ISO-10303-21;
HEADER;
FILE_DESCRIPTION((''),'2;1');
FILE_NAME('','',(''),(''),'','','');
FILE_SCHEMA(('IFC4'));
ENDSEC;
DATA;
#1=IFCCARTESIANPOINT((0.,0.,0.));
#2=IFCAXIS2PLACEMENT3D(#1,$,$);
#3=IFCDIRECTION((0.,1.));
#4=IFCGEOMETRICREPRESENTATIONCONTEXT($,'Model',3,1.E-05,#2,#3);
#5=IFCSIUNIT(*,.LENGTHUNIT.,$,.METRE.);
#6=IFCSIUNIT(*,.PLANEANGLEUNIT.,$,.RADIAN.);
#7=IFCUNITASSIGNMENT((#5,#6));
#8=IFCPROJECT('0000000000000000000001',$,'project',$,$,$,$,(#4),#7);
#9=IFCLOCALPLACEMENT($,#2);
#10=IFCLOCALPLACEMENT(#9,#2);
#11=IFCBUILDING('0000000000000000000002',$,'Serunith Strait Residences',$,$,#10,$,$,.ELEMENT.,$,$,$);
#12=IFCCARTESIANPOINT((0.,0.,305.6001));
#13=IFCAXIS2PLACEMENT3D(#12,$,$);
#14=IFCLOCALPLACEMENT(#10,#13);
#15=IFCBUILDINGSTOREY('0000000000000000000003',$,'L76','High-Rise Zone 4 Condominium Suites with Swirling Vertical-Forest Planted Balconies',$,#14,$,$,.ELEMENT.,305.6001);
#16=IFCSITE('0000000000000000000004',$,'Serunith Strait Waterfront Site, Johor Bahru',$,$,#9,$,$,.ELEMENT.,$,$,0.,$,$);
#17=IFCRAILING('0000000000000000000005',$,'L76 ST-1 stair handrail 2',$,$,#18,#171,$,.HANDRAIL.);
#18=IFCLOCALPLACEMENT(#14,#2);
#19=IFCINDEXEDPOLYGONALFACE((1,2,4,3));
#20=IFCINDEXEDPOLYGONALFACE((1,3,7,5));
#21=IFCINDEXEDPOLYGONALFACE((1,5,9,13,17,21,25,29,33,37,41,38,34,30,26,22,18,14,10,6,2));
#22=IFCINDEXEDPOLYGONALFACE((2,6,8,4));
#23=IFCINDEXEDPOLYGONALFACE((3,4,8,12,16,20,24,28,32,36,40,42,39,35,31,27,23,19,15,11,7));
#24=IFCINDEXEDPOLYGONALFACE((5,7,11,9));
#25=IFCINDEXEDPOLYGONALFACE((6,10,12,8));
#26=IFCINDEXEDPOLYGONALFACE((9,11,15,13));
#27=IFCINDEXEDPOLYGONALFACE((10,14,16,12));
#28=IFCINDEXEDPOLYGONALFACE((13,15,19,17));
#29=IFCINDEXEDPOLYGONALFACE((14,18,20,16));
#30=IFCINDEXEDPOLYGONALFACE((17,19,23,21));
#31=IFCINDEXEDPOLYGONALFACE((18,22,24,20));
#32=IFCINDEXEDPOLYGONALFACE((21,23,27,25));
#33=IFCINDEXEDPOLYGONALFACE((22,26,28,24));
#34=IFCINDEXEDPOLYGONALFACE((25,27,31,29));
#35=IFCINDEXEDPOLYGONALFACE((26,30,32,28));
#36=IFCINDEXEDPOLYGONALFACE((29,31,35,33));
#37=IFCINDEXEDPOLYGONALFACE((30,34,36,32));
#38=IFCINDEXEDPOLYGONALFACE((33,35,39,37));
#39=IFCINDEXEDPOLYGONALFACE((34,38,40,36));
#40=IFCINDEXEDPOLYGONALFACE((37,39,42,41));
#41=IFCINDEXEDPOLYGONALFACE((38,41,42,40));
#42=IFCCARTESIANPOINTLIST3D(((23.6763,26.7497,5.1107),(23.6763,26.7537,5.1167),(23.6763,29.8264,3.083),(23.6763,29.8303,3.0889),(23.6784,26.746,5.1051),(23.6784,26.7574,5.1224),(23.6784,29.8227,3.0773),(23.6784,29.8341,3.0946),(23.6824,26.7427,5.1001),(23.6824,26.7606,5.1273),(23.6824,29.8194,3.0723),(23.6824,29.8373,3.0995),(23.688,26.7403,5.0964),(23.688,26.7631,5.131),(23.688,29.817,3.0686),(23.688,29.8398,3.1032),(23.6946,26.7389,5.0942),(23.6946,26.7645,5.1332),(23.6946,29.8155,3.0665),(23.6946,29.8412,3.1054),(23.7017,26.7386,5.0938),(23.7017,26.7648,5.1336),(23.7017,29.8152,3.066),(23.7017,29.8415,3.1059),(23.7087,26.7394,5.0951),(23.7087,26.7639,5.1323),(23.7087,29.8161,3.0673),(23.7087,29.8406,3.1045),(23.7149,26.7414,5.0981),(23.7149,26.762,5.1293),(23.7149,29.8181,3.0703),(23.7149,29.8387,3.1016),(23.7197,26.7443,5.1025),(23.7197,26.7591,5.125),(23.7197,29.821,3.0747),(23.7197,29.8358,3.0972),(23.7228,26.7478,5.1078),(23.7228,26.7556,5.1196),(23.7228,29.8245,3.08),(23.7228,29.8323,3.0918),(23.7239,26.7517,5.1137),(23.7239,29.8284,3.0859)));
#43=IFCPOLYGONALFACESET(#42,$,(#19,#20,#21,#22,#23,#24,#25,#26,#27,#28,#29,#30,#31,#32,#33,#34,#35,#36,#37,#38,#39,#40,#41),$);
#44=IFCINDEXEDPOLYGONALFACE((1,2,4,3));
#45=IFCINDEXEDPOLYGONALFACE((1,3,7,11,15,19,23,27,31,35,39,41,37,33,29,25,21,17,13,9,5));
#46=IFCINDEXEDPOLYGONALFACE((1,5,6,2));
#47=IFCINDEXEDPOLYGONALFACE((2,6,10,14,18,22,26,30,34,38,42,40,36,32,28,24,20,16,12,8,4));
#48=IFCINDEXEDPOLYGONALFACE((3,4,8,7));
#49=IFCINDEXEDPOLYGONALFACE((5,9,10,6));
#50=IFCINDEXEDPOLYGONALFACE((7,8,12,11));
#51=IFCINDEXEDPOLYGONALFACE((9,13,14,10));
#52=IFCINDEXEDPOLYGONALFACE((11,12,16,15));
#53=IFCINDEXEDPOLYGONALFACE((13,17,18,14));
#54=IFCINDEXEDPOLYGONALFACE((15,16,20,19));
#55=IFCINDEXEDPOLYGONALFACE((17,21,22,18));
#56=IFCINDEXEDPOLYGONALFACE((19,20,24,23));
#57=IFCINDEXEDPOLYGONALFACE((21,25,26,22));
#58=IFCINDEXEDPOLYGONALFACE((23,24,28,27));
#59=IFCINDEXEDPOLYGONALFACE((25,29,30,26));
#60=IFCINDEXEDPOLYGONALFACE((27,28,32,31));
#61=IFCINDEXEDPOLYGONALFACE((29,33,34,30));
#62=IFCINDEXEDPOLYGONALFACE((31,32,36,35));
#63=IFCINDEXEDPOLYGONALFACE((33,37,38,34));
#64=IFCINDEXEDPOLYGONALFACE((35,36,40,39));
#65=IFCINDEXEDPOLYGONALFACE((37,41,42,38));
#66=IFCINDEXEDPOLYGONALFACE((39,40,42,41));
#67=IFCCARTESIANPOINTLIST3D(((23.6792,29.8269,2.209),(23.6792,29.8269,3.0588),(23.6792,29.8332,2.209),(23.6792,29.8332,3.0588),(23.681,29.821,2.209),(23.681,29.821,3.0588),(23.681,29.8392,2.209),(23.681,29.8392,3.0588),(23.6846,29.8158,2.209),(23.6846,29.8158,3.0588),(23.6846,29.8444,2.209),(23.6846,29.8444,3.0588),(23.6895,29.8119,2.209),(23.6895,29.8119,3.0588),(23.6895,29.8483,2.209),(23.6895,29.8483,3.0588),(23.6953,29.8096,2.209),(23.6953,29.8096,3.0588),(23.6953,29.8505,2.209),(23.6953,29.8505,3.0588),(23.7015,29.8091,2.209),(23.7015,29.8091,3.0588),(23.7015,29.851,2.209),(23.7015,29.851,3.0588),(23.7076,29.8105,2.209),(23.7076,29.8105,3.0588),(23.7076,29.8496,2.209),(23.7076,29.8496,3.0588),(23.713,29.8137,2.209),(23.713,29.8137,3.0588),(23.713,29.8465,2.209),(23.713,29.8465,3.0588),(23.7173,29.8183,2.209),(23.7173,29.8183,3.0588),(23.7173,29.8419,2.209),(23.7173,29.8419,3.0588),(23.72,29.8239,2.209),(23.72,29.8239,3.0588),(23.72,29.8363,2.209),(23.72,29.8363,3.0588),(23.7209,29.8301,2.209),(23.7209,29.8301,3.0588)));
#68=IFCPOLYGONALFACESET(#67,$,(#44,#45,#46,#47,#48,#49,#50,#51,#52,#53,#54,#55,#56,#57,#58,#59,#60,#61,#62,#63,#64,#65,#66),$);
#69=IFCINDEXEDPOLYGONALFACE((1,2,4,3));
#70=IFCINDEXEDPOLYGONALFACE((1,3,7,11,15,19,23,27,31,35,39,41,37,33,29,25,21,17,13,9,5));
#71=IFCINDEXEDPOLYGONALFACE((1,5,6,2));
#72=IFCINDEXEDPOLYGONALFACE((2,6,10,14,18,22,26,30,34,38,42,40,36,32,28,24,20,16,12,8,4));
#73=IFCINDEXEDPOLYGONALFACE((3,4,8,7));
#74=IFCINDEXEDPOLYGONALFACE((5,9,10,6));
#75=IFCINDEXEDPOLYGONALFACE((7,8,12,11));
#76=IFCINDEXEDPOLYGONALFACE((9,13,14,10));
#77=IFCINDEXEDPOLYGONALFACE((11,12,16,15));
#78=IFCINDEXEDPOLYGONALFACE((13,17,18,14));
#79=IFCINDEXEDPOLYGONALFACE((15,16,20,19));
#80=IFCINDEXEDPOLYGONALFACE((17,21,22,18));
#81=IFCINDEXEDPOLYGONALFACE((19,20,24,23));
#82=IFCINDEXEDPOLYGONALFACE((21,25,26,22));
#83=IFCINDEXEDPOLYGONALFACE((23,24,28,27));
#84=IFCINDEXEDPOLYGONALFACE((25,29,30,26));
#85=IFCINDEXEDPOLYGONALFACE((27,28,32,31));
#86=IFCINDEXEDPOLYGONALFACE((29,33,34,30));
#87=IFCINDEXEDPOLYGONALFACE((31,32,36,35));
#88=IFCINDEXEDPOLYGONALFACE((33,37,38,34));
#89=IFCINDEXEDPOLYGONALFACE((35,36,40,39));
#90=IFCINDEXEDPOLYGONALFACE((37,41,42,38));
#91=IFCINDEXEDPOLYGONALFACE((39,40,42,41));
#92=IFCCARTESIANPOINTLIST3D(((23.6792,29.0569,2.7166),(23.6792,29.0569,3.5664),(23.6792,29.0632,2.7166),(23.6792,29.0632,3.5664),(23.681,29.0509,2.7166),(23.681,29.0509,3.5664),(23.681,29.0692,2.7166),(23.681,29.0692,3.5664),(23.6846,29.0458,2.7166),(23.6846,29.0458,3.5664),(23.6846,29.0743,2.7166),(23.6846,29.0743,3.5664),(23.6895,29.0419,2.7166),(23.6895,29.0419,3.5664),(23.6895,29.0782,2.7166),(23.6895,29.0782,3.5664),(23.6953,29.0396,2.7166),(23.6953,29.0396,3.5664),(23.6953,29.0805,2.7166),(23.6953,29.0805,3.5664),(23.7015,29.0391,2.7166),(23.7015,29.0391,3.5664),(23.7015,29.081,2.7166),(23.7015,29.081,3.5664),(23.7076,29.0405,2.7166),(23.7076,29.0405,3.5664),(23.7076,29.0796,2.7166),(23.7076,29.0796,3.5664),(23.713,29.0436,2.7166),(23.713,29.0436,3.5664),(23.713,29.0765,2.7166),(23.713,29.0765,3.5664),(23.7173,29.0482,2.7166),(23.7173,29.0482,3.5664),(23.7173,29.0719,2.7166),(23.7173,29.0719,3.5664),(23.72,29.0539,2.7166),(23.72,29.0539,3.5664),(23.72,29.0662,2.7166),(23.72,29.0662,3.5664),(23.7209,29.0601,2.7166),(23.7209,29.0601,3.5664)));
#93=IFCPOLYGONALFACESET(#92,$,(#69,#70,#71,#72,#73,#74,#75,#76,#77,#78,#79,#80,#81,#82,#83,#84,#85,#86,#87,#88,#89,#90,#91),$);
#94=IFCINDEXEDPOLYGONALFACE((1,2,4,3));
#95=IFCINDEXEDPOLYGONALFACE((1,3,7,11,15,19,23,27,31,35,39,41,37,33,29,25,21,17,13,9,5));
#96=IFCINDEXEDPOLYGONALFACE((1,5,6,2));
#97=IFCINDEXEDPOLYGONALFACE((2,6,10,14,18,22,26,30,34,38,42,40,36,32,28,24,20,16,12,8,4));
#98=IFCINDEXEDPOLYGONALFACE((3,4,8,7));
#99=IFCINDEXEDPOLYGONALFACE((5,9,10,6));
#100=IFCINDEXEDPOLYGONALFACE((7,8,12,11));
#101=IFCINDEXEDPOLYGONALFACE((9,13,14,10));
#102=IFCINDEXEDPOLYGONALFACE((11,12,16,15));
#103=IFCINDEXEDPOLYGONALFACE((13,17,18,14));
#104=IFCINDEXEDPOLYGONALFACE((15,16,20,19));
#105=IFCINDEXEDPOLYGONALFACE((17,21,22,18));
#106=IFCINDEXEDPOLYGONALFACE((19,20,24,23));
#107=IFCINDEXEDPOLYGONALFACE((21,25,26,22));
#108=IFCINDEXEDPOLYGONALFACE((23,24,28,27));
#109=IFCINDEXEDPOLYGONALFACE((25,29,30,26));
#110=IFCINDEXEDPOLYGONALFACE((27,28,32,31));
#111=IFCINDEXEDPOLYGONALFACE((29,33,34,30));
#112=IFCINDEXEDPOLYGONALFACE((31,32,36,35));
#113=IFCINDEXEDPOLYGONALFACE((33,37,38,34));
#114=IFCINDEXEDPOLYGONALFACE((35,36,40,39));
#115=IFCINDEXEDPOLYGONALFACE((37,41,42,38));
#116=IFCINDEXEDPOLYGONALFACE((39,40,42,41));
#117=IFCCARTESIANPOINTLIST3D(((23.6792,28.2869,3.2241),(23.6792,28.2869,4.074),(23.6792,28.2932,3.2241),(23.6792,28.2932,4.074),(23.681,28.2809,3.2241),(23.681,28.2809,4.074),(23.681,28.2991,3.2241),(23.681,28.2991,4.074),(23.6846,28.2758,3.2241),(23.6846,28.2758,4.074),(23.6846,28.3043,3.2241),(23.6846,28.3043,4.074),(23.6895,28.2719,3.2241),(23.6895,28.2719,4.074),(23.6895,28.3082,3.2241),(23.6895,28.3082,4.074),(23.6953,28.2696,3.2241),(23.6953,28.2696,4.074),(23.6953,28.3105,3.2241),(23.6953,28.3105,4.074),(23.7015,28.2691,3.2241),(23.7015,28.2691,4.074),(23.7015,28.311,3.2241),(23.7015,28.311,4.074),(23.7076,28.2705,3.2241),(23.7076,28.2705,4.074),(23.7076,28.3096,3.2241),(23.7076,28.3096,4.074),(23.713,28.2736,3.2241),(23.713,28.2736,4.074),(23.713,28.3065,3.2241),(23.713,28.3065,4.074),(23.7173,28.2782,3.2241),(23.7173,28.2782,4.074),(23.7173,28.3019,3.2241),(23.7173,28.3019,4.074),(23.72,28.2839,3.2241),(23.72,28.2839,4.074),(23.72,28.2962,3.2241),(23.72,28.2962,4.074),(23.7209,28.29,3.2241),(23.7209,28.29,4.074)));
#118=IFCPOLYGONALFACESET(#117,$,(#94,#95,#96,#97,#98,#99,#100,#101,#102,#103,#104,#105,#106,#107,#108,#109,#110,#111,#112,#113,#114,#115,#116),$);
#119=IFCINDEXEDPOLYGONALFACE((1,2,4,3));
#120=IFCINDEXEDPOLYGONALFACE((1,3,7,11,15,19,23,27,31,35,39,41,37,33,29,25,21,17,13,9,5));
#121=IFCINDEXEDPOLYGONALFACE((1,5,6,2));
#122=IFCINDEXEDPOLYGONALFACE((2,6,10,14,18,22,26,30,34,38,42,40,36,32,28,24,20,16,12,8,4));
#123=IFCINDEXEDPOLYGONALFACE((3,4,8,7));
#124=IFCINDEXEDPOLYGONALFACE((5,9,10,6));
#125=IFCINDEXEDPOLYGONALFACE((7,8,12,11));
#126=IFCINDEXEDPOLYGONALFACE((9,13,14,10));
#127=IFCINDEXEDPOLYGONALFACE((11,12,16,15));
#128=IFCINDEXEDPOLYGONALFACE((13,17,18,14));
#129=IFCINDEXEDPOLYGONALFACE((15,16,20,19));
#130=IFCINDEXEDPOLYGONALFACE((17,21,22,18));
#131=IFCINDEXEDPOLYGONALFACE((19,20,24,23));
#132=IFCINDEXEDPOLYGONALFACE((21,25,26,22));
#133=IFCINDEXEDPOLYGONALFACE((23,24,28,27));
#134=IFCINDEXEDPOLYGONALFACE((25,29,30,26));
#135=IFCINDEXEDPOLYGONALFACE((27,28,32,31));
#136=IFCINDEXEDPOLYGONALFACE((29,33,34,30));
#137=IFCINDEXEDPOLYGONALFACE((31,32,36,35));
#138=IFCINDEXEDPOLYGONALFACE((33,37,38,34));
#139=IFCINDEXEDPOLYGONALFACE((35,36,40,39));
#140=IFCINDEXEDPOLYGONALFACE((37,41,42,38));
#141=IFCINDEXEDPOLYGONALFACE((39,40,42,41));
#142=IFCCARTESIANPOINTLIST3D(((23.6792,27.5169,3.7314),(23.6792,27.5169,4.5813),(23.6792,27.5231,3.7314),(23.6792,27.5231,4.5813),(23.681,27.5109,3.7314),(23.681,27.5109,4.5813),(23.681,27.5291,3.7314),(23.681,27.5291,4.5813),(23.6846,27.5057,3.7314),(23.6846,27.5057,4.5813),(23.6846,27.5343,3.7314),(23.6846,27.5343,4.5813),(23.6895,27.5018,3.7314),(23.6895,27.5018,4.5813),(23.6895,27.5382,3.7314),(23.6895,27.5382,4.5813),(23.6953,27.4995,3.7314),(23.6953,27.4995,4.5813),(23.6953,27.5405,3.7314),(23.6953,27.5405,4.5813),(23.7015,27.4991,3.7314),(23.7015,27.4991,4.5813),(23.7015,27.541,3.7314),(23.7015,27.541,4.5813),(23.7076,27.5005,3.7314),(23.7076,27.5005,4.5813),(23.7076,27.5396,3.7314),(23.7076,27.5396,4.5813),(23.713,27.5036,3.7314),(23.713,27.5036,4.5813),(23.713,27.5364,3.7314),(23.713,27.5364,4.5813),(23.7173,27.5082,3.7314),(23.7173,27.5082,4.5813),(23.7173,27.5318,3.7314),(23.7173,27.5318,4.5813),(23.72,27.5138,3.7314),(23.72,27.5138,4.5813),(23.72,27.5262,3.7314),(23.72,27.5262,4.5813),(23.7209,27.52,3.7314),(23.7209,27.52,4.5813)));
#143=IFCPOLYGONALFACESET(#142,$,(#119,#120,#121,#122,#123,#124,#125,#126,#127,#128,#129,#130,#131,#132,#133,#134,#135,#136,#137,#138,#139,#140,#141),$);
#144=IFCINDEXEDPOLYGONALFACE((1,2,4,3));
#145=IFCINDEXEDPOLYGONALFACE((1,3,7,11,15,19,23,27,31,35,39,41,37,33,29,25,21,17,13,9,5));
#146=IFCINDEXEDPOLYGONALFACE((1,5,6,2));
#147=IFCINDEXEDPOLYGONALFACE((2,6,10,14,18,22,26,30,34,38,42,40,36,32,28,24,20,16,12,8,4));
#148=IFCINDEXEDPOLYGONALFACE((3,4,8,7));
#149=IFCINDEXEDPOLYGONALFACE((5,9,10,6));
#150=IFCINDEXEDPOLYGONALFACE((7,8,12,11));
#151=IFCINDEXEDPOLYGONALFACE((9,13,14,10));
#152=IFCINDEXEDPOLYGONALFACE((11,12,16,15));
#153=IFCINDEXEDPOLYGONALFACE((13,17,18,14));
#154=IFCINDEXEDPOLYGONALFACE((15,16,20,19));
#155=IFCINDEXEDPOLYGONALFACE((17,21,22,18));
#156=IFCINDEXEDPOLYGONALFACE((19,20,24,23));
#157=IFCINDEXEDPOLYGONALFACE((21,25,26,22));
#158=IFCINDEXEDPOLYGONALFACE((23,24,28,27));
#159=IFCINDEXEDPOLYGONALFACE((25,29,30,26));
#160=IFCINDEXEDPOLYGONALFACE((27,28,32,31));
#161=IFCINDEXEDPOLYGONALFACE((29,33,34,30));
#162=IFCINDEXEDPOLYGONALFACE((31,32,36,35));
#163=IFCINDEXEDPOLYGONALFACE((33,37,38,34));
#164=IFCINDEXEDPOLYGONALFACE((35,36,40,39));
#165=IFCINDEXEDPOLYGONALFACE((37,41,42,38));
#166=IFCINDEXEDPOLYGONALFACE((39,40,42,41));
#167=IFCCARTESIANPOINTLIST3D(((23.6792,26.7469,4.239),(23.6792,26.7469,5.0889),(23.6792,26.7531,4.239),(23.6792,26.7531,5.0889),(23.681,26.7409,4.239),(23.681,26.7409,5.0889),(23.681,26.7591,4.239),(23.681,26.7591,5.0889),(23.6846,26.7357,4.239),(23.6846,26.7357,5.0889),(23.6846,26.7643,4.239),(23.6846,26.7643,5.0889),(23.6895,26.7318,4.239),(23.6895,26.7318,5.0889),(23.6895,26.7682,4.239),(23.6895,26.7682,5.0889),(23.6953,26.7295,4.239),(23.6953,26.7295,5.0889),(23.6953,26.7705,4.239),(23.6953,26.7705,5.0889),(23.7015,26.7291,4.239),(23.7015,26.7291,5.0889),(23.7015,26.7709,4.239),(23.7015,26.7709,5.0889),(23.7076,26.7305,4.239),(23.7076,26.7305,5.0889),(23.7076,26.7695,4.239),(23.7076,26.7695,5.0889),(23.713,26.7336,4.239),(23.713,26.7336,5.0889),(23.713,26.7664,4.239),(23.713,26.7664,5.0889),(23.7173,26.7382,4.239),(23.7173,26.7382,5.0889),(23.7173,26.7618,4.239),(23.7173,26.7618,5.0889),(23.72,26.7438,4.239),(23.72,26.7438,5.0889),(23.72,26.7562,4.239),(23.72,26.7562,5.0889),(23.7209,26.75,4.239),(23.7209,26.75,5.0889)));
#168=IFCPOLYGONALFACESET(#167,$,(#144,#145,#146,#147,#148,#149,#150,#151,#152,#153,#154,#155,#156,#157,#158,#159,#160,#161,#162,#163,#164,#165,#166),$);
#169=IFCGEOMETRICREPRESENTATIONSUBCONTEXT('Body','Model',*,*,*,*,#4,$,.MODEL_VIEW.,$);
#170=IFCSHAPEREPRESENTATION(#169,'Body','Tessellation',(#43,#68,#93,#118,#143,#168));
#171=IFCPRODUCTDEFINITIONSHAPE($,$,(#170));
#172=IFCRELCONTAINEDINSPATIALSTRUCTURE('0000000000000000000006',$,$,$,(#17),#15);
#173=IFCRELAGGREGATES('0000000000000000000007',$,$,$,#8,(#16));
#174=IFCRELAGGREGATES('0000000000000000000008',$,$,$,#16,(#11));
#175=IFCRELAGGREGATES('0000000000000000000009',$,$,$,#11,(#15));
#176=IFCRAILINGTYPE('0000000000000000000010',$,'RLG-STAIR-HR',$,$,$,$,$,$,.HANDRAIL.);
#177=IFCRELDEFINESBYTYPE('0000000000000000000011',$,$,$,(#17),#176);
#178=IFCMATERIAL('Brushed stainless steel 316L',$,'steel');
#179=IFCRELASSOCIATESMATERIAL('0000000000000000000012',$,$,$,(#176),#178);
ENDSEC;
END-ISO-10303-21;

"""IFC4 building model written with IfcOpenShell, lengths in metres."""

from ifc_helpers import new_model, si_unit, direction, frame, origin, origin_2d, place, context, subcontext, project, spatial, circle, extrude, material, type_object, element, save


model = new_model("IFC4")

# Units and contexts
model_context = context("Model", 3, precision=1e-05, world=origin(), true_north=direction((0.0, 1.0)))
body_context = subcontext(model_context, "Body", "Model", "MODEL_VIEW")
ifc_project = project(units=[si_unit("LENGTHUNIT", "METRE"), si_unit("PLANEANGLEUNIT", "RADIAN")], contexts=[model_context])

# Site, building, storey
site_placement = place(None, origin())
site = spatial("IfcSite", under=ifc_project, at=site_placement, Name="Serunith Strait Waterfront Site, Johor Bahru", CompositionType="ELEMENT", RefElevation=0.0)
building_placement = place(site_placement, origin())
building = spatial("IfcBuilding", under=site, at=building_placement, Name="Serunith Strait Residences", CompositionType="ELEMENT")
storey_placement = place(building_placement, frame((0.0, 0.0, 305.6001)))
storey = spatial("IfcBuildingStorey", under=building, at=storey_placement, Name="L76", Description="High-Rise Zone 4 Condominium Suites with Swirling Vertical-Forest Planted Balconies", CompositionType="ELEMENT", Elevation=305.6001)

# Railing
ifc_material_1 = material(Name="Brushed stainless steel 316L", Category="steel")
railing_type_1 = type_object("IfcRailingType", Name="RLG-STAIR-HR", PredefinedType="HANDRAIL", material=ifc_material_1)
railing_1_placement = place(storey_placement, frame((23.7, 29.8301, 2.209)))
element("IfcRailing", 1, at=railing_1_placement, inside=storey, type_object=railing_type_1, Name="L76 ST-1 stair handrail 2", PredefinedType="HANDRAIL", context=body_context, shape_type="SweptSolid", body=[
    extrude(circle(Radius=0.0239, at=origin_2d()), frame((0.0, -0.0017, 0.877), z_axis=(0.0, -0.834961, 0.550309), x_axis=(1.0, 0.0, 0.0)), (0.0, 0.0, 1.0), 3.6848),
    extrude(circle(Radius=0.021, at=origin_2d()), origin(), (0.0, 0.0, 1.0), 0.8499),
    extrude(circle(Radius=0.021, at=origin_2d()), frame((0.0, -0.77, 0.5076)), (0.0, 0.0, 1.0), 0.8499),
    extrude(circle(Radius=0.021, at=origin_2d()), frame((0.0, -1.54, 1.0151)), (0.0, 0.0, 1.0), 0.8499),
    extrude(circle(Radius=0.021, at=origin_2d()), frame((0.0, -2.3101, 1.5225)), (0.0, 0.0, 1.0), 0.8499),
    extrude(circle(Radius=0.021, at=origin_2d()), frame((0.0, -3.0801, 2.03)), (0.0, 0.0, 1.0), 0.8499),
])

save(model, "model.ifc")
